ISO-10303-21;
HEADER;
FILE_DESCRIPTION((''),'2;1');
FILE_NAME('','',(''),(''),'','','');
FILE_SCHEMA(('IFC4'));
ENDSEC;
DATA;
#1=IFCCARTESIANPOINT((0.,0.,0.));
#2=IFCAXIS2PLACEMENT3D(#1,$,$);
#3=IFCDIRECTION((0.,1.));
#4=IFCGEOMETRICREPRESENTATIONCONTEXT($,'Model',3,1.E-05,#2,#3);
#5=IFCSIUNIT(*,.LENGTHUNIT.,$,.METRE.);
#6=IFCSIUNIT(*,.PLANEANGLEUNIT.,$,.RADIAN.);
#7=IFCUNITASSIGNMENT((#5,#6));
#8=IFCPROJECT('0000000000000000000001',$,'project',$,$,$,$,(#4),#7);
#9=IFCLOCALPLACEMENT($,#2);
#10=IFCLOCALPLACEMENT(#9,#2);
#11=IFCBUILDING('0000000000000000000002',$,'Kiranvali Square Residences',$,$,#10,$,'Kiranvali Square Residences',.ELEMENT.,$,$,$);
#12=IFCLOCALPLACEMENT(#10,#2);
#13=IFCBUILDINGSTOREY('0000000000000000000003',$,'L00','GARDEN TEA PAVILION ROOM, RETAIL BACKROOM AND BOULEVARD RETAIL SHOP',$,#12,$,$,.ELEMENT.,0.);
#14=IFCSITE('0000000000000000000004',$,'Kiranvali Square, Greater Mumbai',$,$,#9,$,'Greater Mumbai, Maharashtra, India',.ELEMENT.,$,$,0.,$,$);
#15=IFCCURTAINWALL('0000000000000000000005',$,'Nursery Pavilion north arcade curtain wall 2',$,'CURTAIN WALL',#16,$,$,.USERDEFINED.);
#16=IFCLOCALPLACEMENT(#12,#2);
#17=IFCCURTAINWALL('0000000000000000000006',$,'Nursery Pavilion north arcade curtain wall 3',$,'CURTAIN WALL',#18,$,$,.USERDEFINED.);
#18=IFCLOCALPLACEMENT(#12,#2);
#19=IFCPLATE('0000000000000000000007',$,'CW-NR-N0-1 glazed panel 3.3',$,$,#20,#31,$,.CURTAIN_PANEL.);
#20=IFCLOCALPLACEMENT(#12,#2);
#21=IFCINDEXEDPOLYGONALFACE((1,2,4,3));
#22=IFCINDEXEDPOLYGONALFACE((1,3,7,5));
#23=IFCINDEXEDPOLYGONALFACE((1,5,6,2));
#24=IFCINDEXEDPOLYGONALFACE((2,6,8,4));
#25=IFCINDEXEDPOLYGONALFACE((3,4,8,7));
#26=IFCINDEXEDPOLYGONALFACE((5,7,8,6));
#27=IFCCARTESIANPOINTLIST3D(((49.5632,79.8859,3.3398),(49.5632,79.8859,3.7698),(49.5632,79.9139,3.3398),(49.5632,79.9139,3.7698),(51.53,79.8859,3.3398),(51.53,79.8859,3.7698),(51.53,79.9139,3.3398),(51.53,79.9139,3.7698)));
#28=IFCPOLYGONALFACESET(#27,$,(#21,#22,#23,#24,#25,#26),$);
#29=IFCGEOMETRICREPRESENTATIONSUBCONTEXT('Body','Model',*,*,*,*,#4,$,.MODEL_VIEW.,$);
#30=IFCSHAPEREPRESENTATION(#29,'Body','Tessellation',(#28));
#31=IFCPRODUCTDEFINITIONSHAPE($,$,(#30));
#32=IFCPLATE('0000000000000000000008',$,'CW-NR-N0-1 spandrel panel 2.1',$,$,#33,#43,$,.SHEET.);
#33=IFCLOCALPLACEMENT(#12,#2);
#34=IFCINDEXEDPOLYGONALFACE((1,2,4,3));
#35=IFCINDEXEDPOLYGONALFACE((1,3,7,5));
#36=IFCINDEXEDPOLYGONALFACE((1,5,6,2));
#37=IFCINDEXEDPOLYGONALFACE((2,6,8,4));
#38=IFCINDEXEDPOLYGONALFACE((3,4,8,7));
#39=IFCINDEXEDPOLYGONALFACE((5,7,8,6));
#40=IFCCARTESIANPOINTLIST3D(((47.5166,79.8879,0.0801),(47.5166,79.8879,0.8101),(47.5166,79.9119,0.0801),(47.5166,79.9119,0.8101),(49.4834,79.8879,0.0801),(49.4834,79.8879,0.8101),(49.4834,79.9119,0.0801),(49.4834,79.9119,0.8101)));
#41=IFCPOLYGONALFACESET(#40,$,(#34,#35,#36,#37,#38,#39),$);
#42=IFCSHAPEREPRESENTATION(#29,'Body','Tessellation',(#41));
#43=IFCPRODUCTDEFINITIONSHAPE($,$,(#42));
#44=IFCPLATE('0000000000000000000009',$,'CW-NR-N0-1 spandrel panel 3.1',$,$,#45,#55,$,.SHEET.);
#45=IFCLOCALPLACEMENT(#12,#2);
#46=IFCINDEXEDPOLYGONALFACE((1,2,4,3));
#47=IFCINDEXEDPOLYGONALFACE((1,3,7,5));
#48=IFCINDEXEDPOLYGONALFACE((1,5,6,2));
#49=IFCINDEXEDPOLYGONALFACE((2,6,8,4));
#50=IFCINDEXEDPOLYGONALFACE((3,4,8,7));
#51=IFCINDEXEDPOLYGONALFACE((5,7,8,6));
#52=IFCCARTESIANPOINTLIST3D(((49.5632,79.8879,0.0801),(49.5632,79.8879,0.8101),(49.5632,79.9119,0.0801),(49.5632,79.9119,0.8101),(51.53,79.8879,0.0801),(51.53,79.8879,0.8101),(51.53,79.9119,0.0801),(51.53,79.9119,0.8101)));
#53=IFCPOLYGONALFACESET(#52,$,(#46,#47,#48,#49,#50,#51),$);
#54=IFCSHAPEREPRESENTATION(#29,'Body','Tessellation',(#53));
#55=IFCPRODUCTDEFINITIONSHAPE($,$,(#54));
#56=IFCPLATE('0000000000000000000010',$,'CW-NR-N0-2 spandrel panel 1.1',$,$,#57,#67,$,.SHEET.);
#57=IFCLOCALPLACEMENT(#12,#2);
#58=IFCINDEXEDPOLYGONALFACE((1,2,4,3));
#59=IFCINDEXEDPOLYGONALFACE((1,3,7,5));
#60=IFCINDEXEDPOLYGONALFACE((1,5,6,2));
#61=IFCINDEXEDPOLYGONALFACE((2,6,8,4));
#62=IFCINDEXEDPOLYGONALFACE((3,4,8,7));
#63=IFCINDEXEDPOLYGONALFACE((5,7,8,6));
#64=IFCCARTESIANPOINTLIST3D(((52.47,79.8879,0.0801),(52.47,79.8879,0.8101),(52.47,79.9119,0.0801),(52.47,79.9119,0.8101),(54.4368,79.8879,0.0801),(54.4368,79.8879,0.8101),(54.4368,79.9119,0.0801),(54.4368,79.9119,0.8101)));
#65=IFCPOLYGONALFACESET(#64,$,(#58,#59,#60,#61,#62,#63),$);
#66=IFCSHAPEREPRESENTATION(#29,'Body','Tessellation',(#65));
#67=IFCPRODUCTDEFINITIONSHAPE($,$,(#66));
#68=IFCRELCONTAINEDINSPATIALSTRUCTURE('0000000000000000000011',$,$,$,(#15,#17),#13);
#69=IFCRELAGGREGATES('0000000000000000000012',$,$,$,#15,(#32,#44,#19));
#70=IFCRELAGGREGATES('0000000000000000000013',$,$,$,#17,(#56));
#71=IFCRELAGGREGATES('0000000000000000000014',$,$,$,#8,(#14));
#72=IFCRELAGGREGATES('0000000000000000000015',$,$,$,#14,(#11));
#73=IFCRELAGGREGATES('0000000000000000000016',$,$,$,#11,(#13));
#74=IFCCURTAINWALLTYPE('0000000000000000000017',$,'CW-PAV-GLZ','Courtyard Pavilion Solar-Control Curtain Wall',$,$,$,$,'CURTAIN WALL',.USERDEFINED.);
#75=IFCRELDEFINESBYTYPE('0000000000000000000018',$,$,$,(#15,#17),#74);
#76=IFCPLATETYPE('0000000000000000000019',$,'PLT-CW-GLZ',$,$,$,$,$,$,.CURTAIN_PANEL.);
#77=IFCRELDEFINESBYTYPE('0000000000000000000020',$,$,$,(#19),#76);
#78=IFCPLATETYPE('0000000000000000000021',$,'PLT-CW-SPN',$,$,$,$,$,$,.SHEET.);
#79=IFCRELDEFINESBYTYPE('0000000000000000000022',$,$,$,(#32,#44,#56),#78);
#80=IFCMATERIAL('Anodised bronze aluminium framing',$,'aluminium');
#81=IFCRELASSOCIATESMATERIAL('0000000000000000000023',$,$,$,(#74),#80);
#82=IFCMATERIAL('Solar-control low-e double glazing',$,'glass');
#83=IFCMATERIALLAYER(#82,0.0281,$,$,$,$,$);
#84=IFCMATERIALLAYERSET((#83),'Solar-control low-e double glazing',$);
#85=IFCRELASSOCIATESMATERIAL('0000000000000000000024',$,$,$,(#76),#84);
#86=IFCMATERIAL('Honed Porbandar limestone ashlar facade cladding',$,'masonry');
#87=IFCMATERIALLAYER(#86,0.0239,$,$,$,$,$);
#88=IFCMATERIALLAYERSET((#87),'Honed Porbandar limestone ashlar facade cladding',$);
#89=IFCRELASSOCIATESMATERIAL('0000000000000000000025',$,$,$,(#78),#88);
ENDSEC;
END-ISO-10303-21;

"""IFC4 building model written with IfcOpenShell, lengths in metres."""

from ifc_helpers import new_model, si_unit, direction, frame, origin, origin_2d, place, context, subcontext, project, spatial, rectangle, extrude, material, layer, layer_set, type_object, element, aggregate, save


model = new_model("IFC4")

# Units and contexts
model_context = context("Model", 3, precision=1e-05, world=origin(), true_north=direction((0.0, 1.0)))
body_context = subcontext(model_context, "Body", "Model", "MODEL_VIEW")
ifc_project = project(units=[si_unit("LENGTHUNIT", "METRE"), si_unit("PLANEANGLEUNIT", "RADIAN")], contexts=[model_context])

# Site, building, storey
site_placement = place(None, origin())
site = spatial("IfcSite", under=ifc_project, at=site_placement, Name="Kiranvali Square, Greater Mumbai", LongName="Greater Mumbai, Maharashtra, India", CompositionType="ELEMENT", RefElevation=0.0)
building_placement = place(site_placement, origin())
building = spatial("IfcBuilding", under=site, at=building_placement, Name="Kiranvali Square Residences", LongName="Kiranvali Square Residences", CompositionType="ELEMENT")
storey_placement = place(building_placement, origin())
storey = spatial("IfcBuildingStorey", under=building, at=storey_placement, Name="L00", Description="GARDEN TEA PAVILION ROOM, RETAIL BACKROOM AND BOULEVARD RETAIL SHOP", CompositionType="ELEMENT", Elevation=0.0)

# Curtain walls
ifc_material_1 = material(Name="Anodised bronze aluminium framing", Category="aluminium")
curtain_wall_type = type_object("IfcCurtainWallType", Name="CW-PAV-GLZ", Description="Courtyard Pavilion Solar-Control Curtain Wall", ElementType="CURTAIN WALL", PredefinedType="USERDEFINED", material=ifc_material_1)
curtain_wall_1_placement = place(storey_placement, origin())
curtain_wall_1 = element("IfcCurtainWall", 1, at=curtain_wall_1_placement, inside=storey, type_object=curtain_wall_type, Name="Nursery Pavilion north arcade curtain wall 2", ObjectType="CURTAIN WALL", PredefinedType="USERDEFINED")
curtain_wall_2_placement = place(storey_placement, origin())
curtain_wall_2 = element("IfcCurtainWall", 2, at=curtain_wall_2_placement, inside=storey, type_object=curtain_wall_type, Name="Nursery Pavilion north arcade curtain wall 3", ObjectType="CURTAIN WALL", PredefinedType="USERDEFINED")

# Plates
ifc_material_2 = material(Name="Solar-control low-e double glazing", Category="glass")
ifc_layer_1 = layer(ifc_material_2, 0.0281)
ifc_layer_set_1 = layer_set([ifc_layer_1], Name="Solar-control low-e double glazing")
plate_type_1 = type_object("IfcPlateType", Name="PLT-CW-GLZ", PredefinedType="CURTAIN_PANEL", material=ifc_layer_set_1)
plate_1_placement = place(storey_placement, frame((50.5466, 79.8999, 3.3398), z_axis=(0.0, 0.0, 1.0), x_axis=(1.0, 0.0, 0.0)))
plate_1 = element("IfcPlate", 3, at=plate_1_placement, type_object=plate_type_1, Name="CW-NR-N0-1 glazed panel 3.3", PredefinedType="CURTAIN_PANEL", context=body_context, shape_type="SweptSolid", body=[
    extrude(rectangle(XDim=1.9668, YDim=0.0281, at=origin_2d()), origin(), (0.0, 0.0, 1.0), 0.4299),
])
ifc_material_3 = material(Name="Honed Porbandar limestone ashlar facade cladding", Category="masonry")
ifc_layer_2 = layer(ifc_material_3, 0.0239)
ifc_layer_set_2 = layer_set([ifc_layer_2], Name="Honed Porbandar limestone ashlar facade cladding")
plate_type_2 = type_object("IfcPlateType", Name="PLT-CW-SPN", PredefinedType="SHEET", material=ifc_layer_set_2)
plate_2_placement = place(storey_placement, frame((48.5, 79.8999, 0.0801), z_axis=(0.0, 0.0, 1.0), x_axis=(1.0, 0.0, 0.0)))
plate_2 = element("IfcPlate", 4, at=plate_2_placement, type_object=plate_type_2, Name="CW-NR-N0-1 spandrel panel 2.1", PredefinedType="SHEET", context=body_context, shape_type="SweptSolid", body=[
    extrude(rectangle(XDim=1.9668, YDim=0.0239, at=origin_2d()), origin(), (0.0, 0.0, 1.0), 0.73),
])
plate_3_placement = place(storey_placement, frame((50.5466, 79.8999, 0.0801), z_axis=(0.0, 0.0, 1.0), x_axis=(1.0, 0.0, 0.0)))
plate_3 = element("IfcPlate", 5, at=plate_3_placement, type_object=plate_type_2, Name="CW-NR-N0-1 spandrel panel 3.1", PredefinedType="SHEET", context=body_context, shape_type="SweptSolid", body=[
    extrude(rectangle(XDim=1.9668, YDim=0.0239, at=origin_2d()), origin(), (0.0, 0.0, 1.0), 0.73),
])
aggregate(curtain_wall_1, [plate_2, plate_3, plate_1])
plate_4_placement = place(storey_placement, frame((53.4534, 79.8999, 0.0801), z_axis=(0.0, 0.0, 1.0), x_axis=(1.0, 0.0, 0.0)))
plate_4 = element("IfcPlate", 6, at=plate_4_placement, type_object=plate_type_2, Name="CW-NR-N0-2 spandrel panel 1.1", PredefinedType="SHEET", context=body_context, shape_type="SweptSolid", body=[
    extrude(rectangle(XDim=1.9668, YDim=0.0239, at=origin_2d()), origin(), (0.0, 0.0, 1.0), 0.73),
])
aggregate(curtain_wall_2, [plate_4])

save(model, "model.ifc")
